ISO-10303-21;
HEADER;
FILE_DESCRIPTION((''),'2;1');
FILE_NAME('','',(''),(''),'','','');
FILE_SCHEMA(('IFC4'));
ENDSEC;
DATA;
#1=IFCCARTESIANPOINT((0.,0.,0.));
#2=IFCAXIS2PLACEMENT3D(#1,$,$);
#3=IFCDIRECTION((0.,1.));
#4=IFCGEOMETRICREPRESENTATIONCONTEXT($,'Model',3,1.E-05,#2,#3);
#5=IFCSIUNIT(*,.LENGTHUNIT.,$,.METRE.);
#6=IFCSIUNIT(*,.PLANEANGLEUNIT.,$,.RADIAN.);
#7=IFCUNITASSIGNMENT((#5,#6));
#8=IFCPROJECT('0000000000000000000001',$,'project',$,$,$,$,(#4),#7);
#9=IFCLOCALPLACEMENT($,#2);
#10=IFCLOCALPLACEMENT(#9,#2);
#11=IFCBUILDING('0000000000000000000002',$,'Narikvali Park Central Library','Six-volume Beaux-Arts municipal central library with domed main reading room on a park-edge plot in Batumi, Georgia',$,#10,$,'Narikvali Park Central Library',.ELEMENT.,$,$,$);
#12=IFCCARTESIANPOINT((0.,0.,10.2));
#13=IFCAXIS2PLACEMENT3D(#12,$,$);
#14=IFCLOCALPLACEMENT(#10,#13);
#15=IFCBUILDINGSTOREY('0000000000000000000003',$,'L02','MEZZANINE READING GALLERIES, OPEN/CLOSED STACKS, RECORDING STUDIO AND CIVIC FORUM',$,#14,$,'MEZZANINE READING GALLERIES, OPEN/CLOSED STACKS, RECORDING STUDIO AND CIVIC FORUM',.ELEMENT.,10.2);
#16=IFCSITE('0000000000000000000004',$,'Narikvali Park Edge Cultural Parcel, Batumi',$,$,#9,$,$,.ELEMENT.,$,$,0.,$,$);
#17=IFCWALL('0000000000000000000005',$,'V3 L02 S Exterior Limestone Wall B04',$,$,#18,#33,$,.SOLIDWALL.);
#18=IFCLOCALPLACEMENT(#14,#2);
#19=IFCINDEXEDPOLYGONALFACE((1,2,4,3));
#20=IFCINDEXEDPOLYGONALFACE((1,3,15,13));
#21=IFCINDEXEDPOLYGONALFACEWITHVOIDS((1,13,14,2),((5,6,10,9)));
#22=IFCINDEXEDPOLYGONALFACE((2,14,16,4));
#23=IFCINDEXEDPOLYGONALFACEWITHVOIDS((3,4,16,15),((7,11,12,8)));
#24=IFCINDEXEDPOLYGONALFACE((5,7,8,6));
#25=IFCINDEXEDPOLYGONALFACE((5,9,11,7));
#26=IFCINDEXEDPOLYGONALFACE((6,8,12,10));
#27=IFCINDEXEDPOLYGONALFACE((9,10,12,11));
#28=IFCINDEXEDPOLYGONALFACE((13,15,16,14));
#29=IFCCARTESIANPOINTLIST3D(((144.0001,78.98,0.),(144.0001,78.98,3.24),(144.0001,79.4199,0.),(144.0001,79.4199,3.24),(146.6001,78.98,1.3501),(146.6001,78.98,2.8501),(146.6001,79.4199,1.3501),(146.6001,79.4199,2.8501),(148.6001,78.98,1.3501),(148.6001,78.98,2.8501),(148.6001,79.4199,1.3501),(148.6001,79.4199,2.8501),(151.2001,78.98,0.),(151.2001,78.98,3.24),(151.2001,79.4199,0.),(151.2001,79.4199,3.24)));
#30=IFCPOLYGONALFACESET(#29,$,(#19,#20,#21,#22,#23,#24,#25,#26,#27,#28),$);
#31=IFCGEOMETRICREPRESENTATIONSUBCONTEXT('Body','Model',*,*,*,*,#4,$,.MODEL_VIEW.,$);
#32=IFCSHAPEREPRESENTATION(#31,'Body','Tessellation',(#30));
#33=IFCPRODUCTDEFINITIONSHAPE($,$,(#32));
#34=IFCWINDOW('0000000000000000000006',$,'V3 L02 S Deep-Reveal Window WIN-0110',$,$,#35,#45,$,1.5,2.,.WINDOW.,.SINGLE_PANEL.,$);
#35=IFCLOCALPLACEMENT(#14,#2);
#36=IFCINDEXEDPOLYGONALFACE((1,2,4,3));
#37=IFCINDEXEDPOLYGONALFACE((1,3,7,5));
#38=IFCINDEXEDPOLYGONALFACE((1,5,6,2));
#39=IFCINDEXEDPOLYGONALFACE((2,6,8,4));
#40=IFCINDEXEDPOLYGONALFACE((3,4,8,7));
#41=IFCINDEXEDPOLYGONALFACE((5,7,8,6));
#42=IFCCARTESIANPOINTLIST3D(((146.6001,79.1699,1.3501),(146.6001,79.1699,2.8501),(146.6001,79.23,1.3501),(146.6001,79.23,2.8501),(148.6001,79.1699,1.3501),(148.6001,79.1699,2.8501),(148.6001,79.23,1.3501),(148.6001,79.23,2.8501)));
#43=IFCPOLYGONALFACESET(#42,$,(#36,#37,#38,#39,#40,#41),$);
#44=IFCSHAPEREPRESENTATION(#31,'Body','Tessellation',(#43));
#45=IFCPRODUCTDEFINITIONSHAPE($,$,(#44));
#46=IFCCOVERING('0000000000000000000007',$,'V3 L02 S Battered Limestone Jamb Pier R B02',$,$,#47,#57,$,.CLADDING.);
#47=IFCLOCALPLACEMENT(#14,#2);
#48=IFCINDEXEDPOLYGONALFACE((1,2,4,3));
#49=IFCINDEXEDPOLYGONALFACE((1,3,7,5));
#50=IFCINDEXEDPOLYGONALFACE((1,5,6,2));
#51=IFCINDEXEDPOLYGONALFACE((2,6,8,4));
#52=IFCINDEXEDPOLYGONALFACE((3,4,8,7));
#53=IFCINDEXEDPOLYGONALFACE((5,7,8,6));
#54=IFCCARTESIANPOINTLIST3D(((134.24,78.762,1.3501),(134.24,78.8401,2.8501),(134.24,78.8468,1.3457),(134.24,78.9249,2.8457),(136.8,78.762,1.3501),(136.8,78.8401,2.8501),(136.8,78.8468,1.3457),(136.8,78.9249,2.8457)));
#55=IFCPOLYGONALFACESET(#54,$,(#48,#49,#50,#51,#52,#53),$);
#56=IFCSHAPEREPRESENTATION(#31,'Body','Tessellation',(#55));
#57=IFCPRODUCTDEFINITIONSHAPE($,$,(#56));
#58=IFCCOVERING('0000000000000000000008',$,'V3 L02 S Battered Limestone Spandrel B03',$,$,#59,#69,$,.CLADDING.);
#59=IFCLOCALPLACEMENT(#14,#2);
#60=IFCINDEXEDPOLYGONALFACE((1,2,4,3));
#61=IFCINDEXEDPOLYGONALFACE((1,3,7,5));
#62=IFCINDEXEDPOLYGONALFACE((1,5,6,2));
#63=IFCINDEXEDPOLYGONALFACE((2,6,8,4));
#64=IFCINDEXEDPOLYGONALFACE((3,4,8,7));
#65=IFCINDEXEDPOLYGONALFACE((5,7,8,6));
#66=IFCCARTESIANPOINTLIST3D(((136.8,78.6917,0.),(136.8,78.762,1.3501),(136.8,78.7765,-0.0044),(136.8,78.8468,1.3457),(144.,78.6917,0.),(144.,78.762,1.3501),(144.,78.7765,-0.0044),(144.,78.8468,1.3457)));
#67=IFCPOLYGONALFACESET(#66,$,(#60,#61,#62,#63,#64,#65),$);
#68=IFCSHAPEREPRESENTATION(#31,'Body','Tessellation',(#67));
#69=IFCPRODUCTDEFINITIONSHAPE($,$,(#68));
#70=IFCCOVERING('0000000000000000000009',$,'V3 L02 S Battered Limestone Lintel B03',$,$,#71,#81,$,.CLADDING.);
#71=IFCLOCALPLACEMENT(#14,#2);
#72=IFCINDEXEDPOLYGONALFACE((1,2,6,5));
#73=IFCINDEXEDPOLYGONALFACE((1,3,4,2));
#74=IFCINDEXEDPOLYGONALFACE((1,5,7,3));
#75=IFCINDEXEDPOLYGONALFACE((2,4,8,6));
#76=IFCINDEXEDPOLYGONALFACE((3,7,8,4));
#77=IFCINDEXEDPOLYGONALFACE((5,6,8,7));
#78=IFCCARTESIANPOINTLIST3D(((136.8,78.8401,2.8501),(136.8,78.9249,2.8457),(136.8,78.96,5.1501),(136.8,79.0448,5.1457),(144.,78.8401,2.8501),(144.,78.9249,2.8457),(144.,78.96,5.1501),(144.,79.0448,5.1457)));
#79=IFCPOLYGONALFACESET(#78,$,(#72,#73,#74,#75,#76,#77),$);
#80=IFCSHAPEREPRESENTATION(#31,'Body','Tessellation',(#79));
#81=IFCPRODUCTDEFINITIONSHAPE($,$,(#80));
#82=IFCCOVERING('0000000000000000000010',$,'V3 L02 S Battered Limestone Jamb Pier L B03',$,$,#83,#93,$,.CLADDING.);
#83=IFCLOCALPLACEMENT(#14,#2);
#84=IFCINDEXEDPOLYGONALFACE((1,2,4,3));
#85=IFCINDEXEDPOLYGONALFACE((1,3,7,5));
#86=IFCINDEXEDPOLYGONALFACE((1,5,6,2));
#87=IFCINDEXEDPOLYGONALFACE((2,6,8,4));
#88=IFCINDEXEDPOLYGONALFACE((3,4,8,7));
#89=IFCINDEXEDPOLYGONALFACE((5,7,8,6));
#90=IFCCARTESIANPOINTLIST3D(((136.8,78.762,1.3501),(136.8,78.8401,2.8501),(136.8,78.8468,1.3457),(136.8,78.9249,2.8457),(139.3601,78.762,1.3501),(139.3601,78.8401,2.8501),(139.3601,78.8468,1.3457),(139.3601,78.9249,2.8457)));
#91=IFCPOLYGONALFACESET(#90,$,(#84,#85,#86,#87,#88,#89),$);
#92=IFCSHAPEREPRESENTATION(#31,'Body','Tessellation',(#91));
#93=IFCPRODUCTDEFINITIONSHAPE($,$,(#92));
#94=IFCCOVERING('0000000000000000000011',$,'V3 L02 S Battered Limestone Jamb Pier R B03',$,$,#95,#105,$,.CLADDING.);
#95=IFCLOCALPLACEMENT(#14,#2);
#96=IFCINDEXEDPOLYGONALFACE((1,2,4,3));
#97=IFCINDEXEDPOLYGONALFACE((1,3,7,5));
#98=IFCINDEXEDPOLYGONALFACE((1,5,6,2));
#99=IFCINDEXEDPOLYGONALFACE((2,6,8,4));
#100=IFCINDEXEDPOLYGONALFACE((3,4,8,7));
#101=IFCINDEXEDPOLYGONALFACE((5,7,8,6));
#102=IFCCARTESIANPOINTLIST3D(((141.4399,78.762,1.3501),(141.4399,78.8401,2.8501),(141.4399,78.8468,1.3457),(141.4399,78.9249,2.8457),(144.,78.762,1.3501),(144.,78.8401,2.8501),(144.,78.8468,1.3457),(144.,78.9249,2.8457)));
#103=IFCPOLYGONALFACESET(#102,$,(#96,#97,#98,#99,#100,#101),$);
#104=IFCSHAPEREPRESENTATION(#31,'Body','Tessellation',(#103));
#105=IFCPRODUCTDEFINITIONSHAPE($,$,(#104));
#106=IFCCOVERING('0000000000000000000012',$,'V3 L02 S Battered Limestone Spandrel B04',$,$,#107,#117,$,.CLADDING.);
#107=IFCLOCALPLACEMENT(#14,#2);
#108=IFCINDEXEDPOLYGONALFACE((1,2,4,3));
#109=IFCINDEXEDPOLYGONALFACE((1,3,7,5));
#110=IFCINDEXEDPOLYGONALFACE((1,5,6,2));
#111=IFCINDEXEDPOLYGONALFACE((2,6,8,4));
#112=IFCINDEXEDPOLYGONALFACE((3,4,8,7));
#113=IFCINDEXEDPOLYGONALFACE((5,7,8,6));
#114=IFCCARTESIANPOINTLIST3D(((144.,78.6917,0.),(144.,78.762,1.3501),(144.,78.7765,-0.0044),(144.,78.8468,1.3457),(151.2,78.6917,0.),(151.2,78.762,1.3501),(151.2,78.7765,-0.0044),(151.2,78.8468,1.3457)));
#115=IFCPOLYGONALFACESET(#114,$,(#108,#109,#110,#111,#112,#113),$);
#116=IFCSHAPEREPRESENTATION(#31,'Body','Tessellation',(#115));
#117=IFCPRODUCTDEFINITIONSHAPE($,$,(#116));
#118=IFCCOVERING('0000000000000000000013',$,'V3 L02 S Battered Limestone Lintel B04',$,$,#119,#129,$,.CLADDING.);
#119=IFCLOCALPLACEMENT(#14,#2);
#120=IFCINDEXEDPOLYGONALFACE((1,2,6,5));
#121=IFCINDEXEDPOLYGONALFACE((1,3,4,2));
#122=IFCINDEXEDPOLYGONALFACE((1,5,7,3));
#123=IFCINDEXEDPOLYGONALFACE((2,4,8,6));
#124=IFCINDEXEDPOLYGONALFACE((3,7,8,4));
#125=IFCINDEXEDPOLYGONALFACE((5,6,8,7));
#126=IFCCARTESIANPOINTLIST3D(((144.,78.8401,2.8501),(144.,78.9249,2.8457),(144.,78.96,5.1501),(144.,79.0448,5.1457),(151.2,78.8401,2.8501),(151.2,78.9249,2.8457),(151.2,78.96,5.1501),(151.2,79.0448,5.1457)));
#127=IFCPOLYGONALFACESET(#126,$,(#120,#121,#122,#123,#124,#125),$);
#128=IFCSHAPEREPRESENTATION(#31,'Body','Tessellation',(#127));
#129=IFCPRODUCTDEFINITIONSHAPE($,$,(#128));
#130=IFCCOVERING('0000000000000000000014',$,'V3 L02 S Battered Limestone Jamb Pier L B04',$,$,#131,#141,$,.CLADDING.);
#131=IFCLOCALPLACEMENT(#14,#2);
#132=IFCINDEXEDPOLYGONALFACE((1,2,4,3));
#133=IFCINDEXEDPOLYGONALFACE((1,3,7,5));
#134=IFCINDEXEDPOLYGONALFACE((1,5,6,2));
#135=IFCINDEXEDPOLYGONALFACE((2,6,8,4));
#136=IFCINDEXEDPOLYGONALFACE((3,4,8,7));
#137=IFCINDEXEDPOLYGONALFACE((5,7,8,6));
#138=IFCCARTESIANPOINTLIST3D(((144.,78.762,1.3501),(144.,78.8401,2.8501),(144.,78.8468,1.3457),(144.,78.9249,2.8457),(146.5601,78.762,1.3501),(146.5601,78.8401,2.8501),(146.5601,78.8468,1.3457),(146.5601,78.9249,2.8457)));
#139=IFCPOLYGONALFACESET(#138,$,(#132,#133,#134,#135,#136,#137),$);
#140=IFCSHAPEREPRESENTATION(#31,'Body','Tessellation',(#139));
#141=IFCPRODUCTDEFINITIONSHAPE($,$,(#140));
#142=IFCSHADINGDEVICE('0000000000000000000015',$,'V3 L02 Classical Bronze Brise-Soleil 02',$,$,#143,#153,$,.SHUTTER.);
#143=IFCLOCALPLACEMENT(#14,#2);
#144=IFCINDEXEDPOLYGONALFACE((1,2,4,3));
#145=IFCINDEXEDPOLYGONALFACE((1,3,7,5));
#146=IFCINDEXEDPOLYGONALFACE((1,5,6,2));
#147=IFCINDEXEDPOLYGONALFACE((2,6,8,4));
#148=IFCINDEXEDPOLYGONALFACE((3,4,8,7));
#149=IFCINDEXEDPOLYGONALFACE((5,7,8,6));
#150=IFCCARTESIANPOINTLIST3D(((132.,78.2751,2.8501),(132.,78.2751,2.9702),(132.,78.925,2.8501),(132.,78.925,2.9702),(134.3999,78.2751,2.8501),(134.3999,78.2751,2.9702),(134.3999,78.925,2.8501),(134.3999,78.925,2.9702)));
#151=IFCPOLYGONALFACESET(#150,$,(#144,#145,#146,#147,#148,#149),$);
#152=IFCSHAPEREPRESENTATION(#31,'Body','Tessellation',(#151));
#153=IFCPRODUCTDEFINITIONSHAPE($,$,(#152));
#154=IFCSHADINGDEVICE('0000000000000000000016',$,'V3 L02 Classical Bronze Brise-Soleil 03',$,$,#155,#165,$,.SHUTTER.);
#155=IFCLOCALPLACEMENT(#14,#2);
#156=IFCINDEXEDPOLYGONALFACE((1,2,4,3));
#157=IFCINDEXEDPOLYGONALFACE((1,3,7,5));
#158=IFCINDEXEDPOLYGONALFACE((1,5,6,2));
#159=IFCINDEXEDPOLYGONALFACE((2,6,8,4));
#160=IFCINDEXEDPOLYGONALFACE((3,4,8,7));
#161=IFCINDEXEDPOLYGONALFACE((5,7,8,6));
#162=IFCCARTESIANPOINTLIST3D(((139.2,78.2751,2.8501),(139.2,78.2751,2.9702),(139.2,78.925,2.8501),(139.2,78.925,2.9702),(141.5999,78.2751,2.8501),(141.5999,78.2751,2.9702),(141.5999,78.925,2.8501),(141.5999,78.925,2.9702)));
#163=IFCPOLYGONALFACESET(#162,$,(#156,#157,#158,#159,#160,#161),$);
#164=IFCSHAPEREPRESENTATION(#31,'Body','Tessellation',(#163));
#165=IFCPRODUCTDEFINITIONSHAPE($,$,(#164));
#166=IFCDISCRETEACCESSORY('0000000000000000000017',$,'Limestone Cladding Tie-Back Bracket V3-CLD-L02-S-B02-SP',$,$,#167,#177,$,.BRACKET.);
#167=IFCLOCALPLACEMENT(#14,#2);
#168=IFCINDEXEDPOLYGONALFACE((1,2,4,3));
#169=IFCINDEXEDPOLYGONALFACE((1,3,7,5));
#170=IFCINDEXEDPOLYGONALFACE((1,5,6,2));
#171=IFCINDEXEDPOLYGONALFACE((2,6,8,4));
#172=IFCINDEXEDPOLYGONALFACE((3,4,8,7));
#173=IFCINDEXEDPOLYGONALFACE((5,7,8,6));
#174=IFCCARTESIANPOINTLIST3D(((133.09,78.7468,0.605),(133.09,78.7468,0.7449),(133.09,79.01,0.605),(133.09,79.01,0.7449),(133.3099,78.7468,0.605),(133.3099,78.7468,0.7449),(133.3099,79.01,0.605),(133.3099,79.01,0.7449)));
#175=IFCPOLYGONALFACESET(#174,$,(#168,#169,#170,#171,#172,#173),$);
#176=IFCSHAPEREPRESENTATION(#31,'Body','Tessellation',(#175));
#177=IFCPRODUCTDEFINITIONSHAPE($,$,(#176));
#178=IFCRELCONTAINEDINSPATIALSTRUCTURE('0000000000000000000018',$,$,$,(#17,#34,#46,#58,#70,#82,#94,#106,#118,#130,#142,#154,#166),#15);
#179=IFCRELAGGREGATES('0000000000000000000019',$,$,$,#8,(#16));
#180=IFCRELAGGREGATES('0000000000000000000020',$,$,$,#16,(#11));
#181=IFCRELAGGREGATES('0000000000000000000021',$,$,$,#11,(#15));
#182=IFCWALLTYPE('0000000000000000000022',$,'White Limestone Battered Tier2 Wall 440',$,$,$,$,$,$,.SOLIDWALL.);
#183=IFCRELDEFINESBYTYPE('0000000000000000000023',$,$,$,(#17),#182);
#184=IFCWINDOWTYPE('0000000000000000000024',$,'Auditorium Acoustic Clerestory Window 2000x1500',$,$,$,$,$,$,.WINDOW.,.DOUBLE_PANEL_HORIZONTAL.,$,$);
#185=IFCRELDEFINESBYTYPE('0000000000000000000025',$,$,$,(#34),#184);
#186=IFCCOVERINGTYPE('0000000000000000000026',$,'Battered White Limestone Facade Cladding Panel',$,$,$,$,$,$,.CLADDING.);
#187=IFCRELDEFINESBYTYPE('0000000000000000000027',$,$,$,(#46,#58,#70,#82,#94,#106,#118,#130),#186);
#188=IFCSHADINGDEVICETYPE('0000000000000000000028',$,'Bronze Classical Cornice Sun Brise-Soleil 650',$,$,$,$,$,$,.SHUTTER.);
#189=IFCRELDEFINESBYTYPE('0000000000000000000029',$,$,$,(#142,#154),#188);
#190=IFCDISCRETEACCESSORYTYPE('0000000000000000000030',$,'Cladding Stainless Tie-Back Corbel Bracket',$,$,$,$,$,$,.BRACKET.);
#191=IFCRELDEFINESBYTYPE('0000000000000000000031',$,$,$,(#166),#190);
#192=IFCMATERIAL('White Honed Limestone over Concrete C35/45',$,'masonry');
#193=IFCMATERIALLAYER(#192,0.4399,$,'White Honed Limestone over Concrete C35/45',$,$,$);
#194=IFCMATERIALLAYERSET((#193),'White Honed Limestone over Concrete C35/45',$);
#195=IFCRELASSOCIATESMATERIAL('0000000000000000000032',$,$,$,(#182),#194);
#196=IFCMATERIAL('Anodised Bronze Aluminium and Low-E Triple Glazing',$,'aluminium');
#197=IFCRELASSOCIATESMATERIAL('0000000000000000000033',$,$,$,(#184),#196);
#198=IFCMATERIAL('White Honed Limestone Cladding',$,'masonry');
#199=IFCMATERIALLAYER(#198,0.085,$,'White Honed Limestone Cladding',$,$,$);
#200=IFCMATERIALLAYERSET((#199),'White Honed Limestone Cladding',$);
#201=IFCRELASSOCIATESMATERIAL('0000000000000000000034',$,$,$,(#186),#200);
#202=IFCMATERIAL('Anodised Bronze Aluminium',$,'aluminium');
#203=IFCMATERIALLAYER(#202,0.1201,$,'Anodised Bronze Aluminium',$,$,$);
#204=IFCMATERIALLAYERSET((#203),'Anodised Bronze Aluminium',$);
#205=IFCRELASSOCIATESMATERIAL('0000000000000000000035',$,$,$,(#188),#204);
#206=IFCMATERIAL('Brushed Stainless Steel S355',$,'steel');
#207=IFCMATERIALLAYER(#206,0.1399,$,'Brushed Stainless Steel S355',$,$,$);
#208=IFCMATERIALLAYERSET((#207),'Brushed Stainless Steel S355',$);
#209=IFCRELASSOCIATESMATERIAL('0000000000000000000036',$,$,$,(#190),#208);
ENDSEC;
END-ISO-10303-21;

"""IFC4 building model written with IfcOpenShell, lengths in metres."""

from ifc_helpers import new_model, si_unit, direction, frame, frame_2d, origin, origin_2d, place, context, subcontext, project, spatial, polyline, rectangle, outline, extrude, material, layer, layer_set, type_object, element, fill, save


model = new_model("IFC4")

# Units and contexts
model_context = context("Model", 3, precision=1e-05, world=origin(), true_north=direction((0.0, 1.0)))
body_context = subcontext(model_context, "Body", "Model", "MODEL_VIEW")
ifc_project = project(units=[si_unit("LENGTHUNIT", "METRE"), si_unit("PLANEANGLEUNIT", "RADIAN")], contexts=[model_context])

# Site, building, storey
site_placement = place(None, origin())
site = spatial("IfcSite", under=ifc_project, at=site_placement, Name="Narikvali Park Edge Cultural Parcel, Batumi", CompositionType="ELEMENT", RefElevation=0.0)
building_placement = place(site_placement, origin())
building = spatial("IfcBuilding", under=site, at=building_placement, Name="Narikvali Park Central Library", Description="Six-volume Beaux-Arts municipal central library with domed main reading room on a park-edge plot in Batumi, Georgia", LongName="Narikvali Park Central Library", CompositionType="ELEMENT")
storey_placement = place(building_placement, frame((0.0, 0.0, 10.2)))
storey = spatial("IfcBuildingStorey", under=building, at=storey_placement, Name="L02", Description="MEZZANINE READING GALLERIES, OPEN/CLOSED STACKS, RECORDING STUDIO AND CIVIC FORUM", LongName="MEZZANINE READING GALLERIES, OPEN/CLOSED STACKS, RECORDING STUDIO AND CIVIC FORUM", CompositionType="ELEMENT", Elevation=10.2)

# Shared definitions
ifc_material_1 = material(Name="White Honed Limestone over Concrete C35/45", Category="masonry")

# Wall, opening, window
ifc_layer_1 = layer(ifc_material_1, 0.4399, Name="White Honed Limestone over Concrete C35/45")
ifc_layer_set_1 = layer_set([ifc_layer_1], Name="White Honed Limestone over Concrete C35/45")
wall_type_1 = type_object("IfcWallType", Name="White Limestone Battered Tier2 Wall 440", PredefinedType="SOLIDWALL", material=ifc_layer_set_1)
ifc_material_2 = material(Name="Anodised Bronze Aluminium and Low-E Triple Glazing", Category="aluminium")
window_type = type_object("IfcWindowType", Name="Auditorium Acoustic Clerestory Window 2000x1500", PartitioningType="DOUBLE_PANEL_HORIZONTAL", PredefinedType="WINDOW", material=ifc_material_2)
wall_1_placement = place(storey_placement, frame((144.0, 79.2, 0.0), z_axis=(0.0, 0.0, 1.0), x_axis=(1.0, 0.0, 0.0)))
wall_1 = element("IfcWall", 1, at=wall_1_placement, inside=storey, type_object=wall_type_1, Name="V3 L02 S Exterior Limestone Wall B04", PredefinedType="SOLIDWALL", context=body_context, shape_type="SweptSolid", body=[
    extrude(rectangle(XDim=7.2, YDim=0.4399, at=frame_2d((3.6001, 0.0))), origin(), (0.0, 0.0, 1.0), 3.24),
])
opening_1_placement = place(wall_1_placement, frame((2.6001, 0.0, 1.3501)))
opening_1 = element("IfcOpeningElement", 2, at=opening_1_placement, cuts=wall_1, PredefinedType="OPENING", context=body_context, shape_type="SweptSolid", body=[
    extrude(rectangle(XDim=2.0, YDim=1.5, at=frame_2d((1.0, 0.75))), frame((0.0, 0.2319, 0.0), z_axis=(0.0, -1.0, 0.0), x_axis=(1.0, 0.0, 0.0)), (0.0, 0.0, 1.0), 0.4639),
])
window_1_placement = place(opening_1_placement, origin())
window_1 = element("IfcWindow", 3, at=window_1_placement, inside=storey, type_object=window_type, Name="V3 L02 S Deep-Reveal Window WIN-0110", OverallHeight=1.5, OverallWidth=2.0, PartitioningType="SINGLE_PANEL", PredefinedType="WINDOW", context=body_context, shape_type="SweptSolid", body=[
    extrude(rectangle(XDim=2.0, YDim=1.5, at=frame_2d((1.0, 0.75))), frame((0.0, 0.03, 0.0), z_axis=(0.0, -1.0, 0.0), x_axis=(1.0, 0.0, 0.0)), (0.0, 0.0, 1.0), 0.0601),
])
fill(opening_1, window_1)

# Coverings
ifc_material_3 = material(Name="White Honed Limestone Cladding", Category="masonry")
ifc_layer_2 = layer(ifc_material_3, 0.085, Name="White Honed Limestone Cladding")
ifc_layer_set_2 = layer_set([ifc_layer_2], Name="White Honed Limestone Cladding")
covering_type = type_object("IfcCoveringType", Name="Battered White Limestone Facade Cladding Panel", PredefinedType="CLADDING", material=ifc_layer_set_2)
covering_1_placement = place(storey_placement, frame((134.24, 78.762, 1.3501), z_axis=(0.0, -0.998646, 0.052013), x_axis=(1.0, 0.0, 0.0)))
element("IfcCovering", 4, at=covering_1_placement, inside=storey, type_object=covering_type, Name="V3 L02 S Battered Limestone Jamb Pier R B02", PredefinedType="CLADDING", context=body_context, shape_type="SweptSolid", body=[
    extrude(outline(polyline([(0.0, 0.0), (2.5601, 0.0), (2.5601, 1.502), (0.0, 1.502), (0.0, 0.0)])), origin(), (0.0, 0.0, -1.0), 0.085),
])
covering_2_placement = place(storey_placement, frame((136.8, 78.6917, 0.0), z_axis=(0.0, -0.998647, 0.052009), x_axis=(1.0, 0.0, 0.0)))
element("IfcCovering", 5, at=covering_2_placement, inside=storey, type_object=covering_type, Name="V3 L02 S Battered Limestone Spandrel B03", PredefinedType="CLADDING", context=body_context, shape_type="SweptSolid", body=[
    extrude(outline(polyline([(0.0, 0.0), (7.2, 0.0), (7.2, 1.3519), (0.0, 1.3519), (0.0, 0.0)])), origin(), (0.0, 0.0, -1.0), 0.085),
])
covering_3_placement = place(storey_placement, frame((136.8, 78.8401, 2.8501), z_axis=(0.0, -0.998645, 0.052047), x_axis=(1.0, 0.0, 0.0)))
element("IfcCovering", 6, at=covering_3_placement, inside=storey, type_object=covering_type, Name="V3 L02 S Battered Limestone Lintel B03", PredefinedType="CLADDING", context=body_context, shape_type="SweptSolid", body=[
    extrude(outline(polyline([(0.0, 0.0), (7.2, 0.0), (7.2, 2.3032), (0.0, 2.3032), (0.0, 0.0)])), origin(), (0.0, 0.0, -1.0), 0.085),
])
for number, where, z_axis, x_axis, name in (
    (7, (136.8, 78.762, 1.3501), (0.0, -0.998646, 0.052013), (1.0, 0.0, 0.0), "V3 L02 S Battered Limestone Jamb Pier L B03"),
    (8, (141.4399, 78.762, 1.3501), (0.0, -0.998646, 0.052013), (1.0, 0.0, 0.0), "V3 L02 S Battered Limestone Jamb Pier R B03"),
):
    element("IfcCovering", number, at=place(storey_placement, frame(where, z_axis=z_axis, x_axis=x_axis)), inside=storey, type_object=covering_type, Name=name, PredefinedType="CLADDING", context=body_context, shape_type="SweptSolid", body=[
        extrude(outline(polyline([(0.0, 0.0), (2.5601, 0.0), (2.5601, 1.502), (0.0, 1.502), (0.0, 0.0)])), origin(), (0.0, 0.0, -1.0), 0.085),
    ])
covering_4_placement = place(storey_placement, frame((144.0, 78.6917, 0.0), z_axis=(0.0, -0.998647, 0.052009), x_axis=(1.0, 0.0, 0.0)))
element("IfcCovering", 9, at=covering_4_placement, inside=storey, type_object=covering_type, Name="V3 L02 S Battered Limestone Spandrel B04", PredefinedType="CLADDING", context=body_context, shape_type="SweptSolid", body=[
    extrude(outline(polyline([(0.0, 0.0), (7.2, 0.0), (7.2, 1.3519), (0.0, 1.3519), (0.0, 0.0)])), origin(), (0.0, 0.0, -1.0), 0.085),
])
covering_5_placement = place(storey_placement, frame((144.0, 78.8401, 2.8501), z_axis=(0.0, -0.998645, 0.052047), x_axis=(1.0, 0.0, 0.0)))
element("IfcCovering", 10, at=covering_5_placement, inside=storey, type_object=covering_type, Name="V3 L02 S Battered Limestone Lintel B04", PredefinedType="CLADDING", context=body_context, shape_type="SweptSolid", body=[
    extrude(outline(polyline([(0.0, 0.0), (7.2, 0.0), (7.2, 2.3032), (0.0, 2.3032), (0.0, 0.0)])), origin(), (0.0, 0.0, -1.0), 0.085),
])
covering_6_placement = place(storey_placement, frame((144.0, 78.762, 1.3501), z_axis=(0.0, -0.998646, 0.052013), x_axis=(1.0, 0.0, 0.0)))
element("IfcCovering", 11, at=covering_6_placement, inside=storey, type_object=covering_type, Name="V3 L02 S Battered Limestone Jamb Pier L B04", PredefinedType="CLADDING", context=body_context, shape_type="SweptSolid", body=[
    extrude(outline(polyline([(0.0, 0.0), (2.5601, 0.0), (2.5601, 1.502), (0.0, 1.502), (0.0, 0.0)])), origin(), (0.0, 0.0, -1.0), 0.085),
])

# Shading devices
ifc_material_4 = material(Name="Anodised Bronze Aluminium", Category="aluminium")
ifc_layer_3 = layer(ifc_material_4, 0.1201, Name="Anodised Bronze Aluminium")
ifc_layer_set_3 = layer_set([ifc_layer_3], Name="Anodised Bronze Aluminium")
shading_device_type = type_object("IfcShadingDeviceType", Name="Bronze Classical Cornice Sun Brise-Soleil 650", PredefinedType="SHUTTER", material=ifc_layer_set_3)
for number, where, z_axis, x_axis, name in (
    (12, (133.2, 78.6001, 2.8501), (0.0, 0.0, 1.0), (1.0, 0.0, 0.0), "V3 L02 Classical Bronze Brise-Soleil 02"),
    (13, (140.3999, 78.6001, 2.8501), (0.0, 0.0, 1.0), (1.0, 0.0, 0.0), "V3 L02 Classical Bronze Brise-Soleil 03"),
):
    element("IfcShadingDevice", number, at=place(storey_placement, frame(where, z_axis=z_axis, x_axis=x_axis)), inside=storey, type_object=shading_device_type, Name=name, PredefinedType="SHUTTER", context=body_context, shape_type="SweptSolid", body=[
        extrude(rectangle(XDim=2.3999, YDim=0.6499, at=origin_2d()), origin(), (0.0, 0.0, 1.0), 0.1201),
    ])

# Discrete accessory
ifc_material_5 = material(Name="Brushed Stainless Steel S355", Category="steel")
ifc_layer_4 = layer(ifc_material_5, 0.1399, Name="Brushed Stainless Steel S355")
ifc_layer_set_4 = layer_set([ifc_layer_4], Name="Brushed Stainless Steel S355")
discrete_accessory_type = type_object("IfcDiscreteAccessoryType", Name="Cladding Stainless Tie-Back Corbel Bracket", PredefinedType="BRACKET", material=ifc_layer_set_4)
discrete_accessory_1_placement = place(storey_placement, frame((133.2, 78.8784, 0.605), z_axis=(0.0, 0.0, 1.0), x_axis=(1.0, 0.0, 0.0)))
element("IfcDiscreteAccessory", 14, at=discrete_accessory_1_placement, inside=storey, type_object=discrete_accessory_type, Name="Limestone Cladding Tie-Back Bracket V3-CLD-L02-S-B02-SP", PredefinedType="BRACKET", context=body_context, shape_type="SweptSolid", body=[
    extrude(rectangle(XDim=0.22, YDim=0.2632, at=origin_2d()), origin(), (0.0, 0.0, 1.0), 0.1399),
])

save(model, "model.ifc")
